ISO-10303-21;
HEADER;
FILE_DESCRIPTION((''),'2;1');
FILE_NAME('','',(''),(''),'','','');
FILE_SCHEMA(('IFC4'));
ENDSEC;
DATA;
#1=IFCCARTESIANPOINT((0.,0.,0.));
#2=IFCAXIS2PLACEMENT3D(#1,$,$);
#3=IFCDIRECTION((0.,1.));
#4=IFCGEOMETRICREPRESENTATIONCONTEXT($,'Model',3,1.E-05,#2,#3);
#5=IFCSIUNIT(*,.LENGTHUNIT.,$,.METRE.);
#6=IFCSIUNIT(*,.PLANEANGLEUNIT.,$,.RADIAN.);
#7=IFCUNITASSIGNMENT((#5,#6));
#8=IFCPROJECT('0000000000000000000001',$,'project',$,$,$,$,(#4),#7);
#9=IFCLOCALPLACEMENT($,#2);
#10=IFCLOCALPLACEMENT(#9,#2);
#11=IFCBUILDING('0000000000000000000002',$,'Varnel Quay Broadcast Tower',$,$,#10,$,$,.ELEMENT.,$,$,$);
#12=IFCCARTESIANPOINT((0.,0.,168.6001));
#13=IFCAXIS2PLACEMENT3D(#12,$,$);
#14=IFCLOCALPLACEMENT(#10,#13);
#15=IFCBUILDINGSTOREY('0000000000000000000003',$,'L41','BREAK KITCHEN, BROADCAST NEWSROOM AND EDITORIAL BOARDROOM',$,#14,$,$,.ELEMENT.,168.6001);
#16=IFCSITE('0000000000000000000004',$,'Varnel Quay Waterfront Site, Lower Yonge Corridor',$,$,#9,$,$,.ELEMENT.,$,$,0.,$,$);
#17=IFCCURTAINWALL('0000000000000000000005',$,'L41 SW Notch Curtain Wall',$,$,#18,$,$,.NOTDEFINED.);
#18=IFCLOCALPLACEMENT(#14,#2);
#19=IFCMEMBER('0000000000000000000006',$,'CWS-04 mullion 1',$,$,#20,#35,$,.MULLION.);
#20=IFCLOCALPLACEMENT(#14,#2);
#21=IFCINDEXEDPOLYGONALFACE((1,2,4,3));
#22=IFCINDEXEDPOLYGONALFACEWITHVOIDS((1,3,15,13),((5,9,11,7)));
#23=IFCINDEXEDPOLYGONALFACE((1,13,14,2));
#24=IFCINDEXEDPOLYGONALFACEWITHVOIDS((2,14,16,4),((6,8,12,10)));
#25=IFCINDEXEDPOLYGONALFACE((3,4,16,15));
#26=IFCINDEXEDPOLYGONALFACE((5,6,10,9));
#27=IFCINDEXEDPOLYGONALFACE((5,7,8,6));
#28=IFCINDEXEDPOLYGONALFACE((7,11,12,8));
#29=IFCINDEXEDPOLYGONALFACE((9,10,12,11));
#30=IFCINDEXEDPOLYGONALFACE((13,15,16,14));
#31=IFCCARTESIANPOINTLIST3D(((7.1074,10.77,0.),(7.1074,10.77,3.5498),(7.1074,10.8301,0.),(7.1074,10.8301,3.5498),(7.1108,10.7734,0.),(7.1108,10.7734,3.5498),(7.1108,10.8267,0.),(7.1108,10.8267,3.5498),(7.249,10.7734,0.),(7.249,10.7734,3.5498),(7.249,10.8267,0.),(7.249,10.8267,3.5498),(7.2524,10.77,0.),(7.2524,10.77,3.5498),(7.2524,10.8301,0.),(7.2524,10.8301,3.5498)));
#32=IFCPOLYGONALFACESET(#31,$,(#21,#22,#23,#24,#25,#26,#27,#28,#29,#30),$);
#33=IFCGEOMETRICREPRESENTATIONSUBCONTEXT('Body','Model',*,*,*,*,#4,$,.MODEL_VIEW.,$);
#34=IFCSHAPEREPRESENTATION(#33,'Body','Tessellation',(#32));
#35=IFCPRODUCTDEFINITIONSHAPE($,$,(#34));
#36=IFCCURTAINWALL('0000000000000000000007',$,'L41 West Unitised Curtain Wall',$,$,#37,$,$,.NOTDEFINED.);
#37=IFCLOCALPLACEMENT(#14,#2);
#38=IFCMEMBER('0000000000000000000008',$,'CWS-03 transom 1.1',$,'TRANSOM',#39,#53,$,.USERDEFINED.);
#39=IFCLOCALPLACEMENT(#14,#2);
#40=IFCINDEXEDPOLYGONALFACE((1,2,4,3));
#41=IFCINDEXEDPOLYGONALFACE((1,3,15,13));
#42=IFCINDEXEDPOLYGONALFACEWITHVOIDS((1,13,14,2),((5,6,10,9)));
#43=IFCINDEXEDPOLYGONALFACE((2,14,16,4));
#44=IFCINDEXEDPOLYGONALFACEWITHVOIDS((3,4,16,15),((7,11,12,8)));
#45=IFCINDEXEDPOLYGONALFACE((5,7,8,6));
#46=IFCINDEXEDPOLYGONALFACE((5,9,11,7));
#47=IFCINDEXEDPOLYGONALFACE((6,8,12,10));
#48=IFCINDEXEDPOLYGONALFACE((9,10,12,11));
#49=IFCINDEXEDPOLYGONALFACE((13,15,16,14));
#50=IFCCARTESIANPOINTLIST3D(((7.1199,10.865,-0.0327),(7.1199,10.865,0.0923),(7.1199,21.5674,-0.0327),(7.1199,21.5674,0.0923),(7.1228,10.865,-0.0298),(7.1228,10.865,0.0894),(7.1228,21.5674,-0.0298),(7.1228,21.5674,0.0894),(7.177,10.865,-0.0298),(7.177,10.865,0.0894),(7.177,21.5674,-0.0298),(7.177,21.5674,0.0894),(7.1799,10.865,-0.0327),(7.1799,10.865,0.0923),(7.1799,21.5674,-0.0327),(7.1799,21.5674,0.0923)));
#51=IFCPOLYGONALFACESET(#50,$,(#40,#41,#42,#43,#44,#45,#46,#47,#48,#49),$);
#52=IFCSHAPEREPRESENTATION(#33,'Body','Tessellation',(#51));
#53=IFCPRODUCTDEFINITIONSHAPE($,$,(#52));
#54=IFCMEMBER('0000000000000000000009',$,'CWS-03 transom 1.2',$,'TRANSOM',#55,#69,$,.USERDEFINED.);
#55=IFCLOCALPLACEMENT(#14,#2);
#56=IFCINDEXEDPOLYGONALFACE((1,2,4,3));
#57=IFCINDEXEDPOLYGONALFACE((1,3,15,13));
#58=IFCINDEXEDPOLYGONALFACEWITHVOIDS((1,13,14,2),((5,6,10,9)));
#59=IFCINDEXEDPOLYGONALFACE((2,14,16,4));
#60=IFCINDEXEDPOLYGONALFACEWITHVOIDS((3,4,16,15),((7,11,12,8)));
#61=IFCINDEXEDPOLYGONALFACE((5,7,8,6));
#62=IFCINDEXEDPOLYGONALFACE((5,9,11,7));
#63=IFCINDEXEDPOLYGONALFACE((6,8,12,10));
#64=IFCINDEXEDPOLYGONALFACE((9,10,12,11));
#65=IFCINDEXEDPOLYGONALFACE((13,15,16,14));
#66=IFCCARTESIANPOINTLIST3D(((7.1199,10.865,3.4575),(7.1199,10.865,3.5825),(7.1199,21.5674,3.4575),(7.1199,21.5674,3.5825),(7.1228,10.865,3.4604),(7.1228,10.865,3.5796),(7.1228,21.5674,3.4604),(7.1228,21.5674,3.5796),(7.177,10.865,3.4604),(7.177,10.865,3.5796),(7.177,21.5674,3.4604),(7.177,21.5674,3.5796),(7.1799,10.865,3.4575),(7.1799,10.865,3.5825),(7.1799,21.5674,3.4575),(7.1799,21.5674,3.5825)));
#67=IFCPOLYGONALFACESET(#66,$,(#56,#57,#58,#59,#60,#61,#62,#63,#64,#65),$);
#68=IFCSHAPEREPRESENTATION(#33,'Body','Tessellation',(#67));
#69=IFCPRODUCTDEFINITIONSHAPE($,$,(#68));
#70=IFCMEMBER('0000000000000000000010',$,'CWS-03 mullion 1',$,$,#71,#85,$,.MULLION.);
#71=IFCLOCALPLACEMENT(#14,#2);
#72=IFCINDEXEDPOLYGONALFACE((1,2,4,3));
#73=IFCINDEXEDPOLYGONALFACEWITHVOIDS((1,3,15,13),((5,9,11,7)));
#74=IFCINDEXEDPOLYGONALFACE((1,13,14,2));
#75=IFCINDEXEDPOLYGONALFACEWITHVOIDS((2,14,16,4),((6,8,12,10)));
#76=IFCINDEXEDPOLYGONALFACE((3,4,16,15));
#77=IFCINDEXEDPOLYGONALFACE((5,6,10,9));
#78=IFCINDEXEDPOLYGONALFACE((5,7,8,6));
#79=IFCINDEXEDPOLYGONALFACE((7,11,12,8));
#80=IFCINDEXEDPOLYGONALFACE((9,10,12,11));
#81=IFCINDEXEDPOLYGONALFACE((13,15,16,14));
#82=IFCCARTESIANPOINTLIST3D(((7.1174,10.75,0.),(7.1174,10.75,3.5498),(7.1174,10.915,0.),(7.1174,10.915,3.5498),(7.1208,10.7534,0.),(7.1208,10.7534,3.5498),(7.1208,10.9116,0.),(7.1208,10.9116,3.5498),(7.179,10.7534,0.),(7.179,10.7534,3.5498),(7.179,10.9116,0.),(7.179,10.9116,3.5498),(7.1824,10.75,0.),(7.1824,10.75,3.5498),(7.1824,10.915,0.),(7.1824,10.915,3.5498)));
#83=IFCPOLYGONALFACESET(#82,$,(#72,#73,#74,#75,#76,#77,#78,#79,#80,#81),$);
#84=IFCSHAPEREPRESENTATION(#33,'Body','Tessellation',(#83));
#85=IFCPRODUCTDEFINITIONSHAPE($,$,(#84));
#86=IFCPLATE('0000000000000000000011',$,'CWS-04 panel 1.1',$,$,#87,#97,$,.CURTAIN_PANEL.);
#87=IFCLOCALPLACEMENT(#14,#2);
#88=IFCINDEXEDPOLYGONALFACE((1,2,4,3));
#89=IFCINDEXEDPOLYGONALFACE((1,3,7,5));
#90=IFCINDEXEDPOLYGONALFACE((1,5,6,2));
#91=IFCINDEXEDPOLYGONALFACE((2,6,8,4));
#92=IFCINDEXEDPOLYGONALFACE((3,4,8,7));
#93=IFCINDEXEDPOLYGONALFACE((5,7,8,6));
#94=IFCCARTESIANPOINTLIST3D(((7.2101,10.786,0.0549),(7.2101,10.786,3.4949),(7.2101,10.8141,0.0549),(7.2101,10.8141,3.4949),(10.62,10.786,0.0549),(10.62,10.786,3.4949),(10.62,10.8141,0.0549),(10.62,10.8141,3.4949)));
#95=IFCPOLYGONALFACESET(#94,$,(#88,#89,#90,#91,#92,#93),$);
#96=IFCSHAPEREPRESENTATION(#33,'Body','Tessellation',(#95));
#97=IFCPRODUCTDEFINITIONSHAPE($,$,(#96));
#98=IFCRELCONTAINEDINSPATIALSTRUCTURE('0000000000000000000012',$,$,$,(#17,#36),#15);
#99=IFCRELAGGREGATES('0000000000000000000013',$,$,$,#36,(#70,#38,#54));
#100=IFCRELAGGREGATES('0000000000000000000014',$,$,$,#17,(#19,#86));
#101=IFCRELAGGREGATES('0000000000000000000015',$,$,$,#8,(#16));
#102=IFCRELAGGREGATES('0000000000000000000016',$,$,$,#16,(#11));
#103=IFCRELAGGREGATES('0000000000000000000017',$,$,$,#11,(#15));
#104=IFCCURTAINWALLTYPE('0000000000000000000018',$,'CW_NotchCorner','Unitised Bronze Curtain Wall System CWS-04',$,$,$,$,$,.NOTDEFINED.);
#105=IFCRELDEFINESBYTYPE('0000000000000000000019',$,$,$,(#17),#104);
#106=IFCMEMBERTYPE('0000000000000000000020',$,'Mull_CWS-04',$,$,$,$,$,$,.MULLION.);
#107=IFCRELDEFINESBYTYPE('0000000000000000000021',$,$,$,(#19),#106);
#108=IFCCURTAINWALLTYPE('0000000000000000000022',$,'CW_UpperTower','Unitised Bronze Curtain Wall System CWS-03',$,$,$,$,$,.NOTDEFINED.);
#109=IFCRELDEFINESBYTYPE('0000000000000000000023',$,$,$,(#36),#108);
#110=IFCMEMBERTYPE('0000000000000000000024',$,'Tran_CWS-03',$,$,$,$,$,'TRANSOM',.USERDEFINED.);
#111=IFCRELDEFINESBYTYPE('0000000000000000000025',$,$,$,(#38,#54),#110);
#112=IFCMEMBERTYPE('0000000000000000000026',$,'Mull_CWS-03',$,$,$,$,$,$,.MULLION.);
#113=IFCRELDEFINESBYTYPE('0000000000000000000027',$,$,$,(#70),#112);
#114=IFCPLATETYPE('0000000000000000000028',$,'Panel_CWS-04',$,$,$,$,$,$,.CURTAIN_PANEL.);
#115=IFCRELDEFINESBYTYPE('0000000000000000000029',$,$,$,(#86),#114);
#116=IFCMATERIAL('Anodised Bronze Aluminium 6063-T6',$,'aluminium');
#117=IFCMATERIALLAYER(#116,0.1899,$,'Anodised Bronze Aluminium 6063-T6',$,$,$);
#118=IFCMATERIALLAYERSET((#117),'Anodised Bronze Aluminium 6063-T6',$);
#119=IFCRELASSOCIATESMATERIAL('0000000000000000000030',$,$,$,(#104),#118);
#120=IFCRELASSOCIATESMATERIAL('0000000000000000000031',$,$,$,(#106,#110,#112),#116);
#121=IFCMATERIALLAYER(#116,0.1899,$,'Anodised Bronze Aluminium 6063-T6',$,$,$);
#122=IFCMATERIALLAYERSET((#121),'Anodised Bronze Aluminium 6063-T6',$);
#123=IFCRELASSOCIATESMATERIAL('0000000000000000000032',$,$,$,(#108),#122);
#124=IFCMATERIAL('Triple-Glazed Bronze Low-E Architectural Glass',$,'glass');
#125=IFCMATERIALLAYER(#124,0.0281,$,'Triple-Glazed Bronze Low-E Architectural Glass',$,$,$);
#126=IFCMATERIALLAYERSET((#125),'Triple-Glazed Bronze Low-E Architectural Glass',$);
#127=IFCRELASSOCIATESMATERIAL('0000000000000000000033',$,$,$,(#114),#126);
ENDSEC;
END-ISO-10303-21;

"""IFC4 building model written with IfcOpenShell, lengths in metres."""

from ifc_helpers import new_model, si_unit, direction, frame, origin, origin_2d, place, context, subcontext, project, spatial, rectangle, hollow_rectangle, extrude, source, transform, mapped, material, layer, layer_set, material_profile, profile_set, type_object, type_shapes, element, aggregate, save


model = new_model("IFC4")

# Units and contexts
model_context = context("Model", 3, precision=1e-05, world=origin(), true_north=direction((0.0, 1.0)))
body_context = subcontext(model_context, "Body", "Model", "MODEL_VIEW")
ifc_project = project(units=[si_unit("LENGTHUNIT", "METRE"), si_unit("PLANEANGLEUNIT", "RADIAN")], contexts=[model_context])

# Site, building, storey
site_placement = place(None, origin())
site = spatial("IfcSite", under=ifc_project, at=site_placement, Name="Varnel Quay Waterfront Site, Lower Yonge Corridor", CompositionType="ELEMENT", RefElevation=0.0)
building_placement = place(site_placement, origin())
building = spatial("IfcBuilding", under=site, at=building_placement, Name="Varnel Quay Broadcast Tower", CompositionType="ELEMENT")
storey_placement = place(building_placement, frame((0.0, 0.0, 168.6001)))
storey = spatial("IfcBuildingStorey", under=building, at=storey_placement, Name="L41", Description="BREAK KITCHEN, BROADCAST NEWSROOM AND EDITORIAL BOARDROOM", CompositionType="ELEMENT", Elevation=168.6001)

# Curtain walls, members
ifc_material_1 = material(Name="Anodised Bronze Aluminium 6063-T6", Category="aluminium")
ifc_layer_1 = layer(ifc_material_1, 0.1899, Name="Anodised Bronze Aluminium 6063-T6")
ifc_layer_set_1 = layer_set([ifc_layer_1], Name="Anodised Bronze Aluminium 6063-T6")
curtain_wall_type_1 = type_object("IfcCurtainWallType", Name="CW_NotchCorner", Description="Unitised Bronze Curtain Wall System CWS-04", PredefinedType="NOTDEFINED", material=ifc_layer_set_1)
curtain_wall_1_placement = place(storey_placement, origin())
curtain_wall_1 = element("IfcCurtainWall", 1, at=curtain_wall_1_placement, inside=storey, type_object=curtain_wall_type_1, Name="L41 SW Notch Curtain Wall", PredefinedType="NOTDEFINED")
ifc_material_profile_1 = material_profile(ifc_material_1, hollow_rectangle(XDim=0.0601, YDim=0.145, WallThickness=0.0034, at=origin_2d()), Name="ALU60X145X3.5")
ifc_profile_set_1 = profile_set([ifc_material_profile_1], Name="Anodised Bronze Aluminium 6063-T6")
member_type_1 = type_object("IfcMemberType", Name="Mull_CWS-04", PredefinedType="MULLION", material=ifc_profile_set_1)
shared_shape_1 = source(origin(), body_context, "Body", "SweptSolid", [
    extrude(hollow_rectangle(XDim=0.0601, YDim=0.145, WallThickness=0.0034, at=origin_2d()), origin(), (0.0, 0.0, 1.0), 3.5498),
])
type_shapes(member_type_1, [shared_shape_1])
member_1_placement = place(storey_placement, frame((7.1799, 10.8, 0.0), z_axis=(0.0, 0.0, 1.0), x_axis=(0.0, 1.0, 0.0)))
member_1 = element("IfcMember", 2, at=member_1_placement, type_object=member_type_1, Name="CWS-04 mullion 1", PredefinedType="MULLION", context=body_context, shape_type="MappedRepresentation", body=[
    mapped(shared_shape_1, transform((0.0, 0.0, 0.0), x_axis=(1.0, 0.0, 0.0), y_axis=(0.0, 1.0, 0.0), z_axis=(0.0, 0.0, 1.0), scale=1.0)),
])
ifc_layer_2 = layer(ifc_material_1, 0.1899, Name="Anodised Bronze Aluminium 6063-T6")
ifc_layer_set_2 = layer_set([ifc_layer_2], Name="Anodised Bronze Aluminium 6063-T6")
curtain_wall_type_2 = type_object("IfcCurtainWallType", Name="CW_UpperTower", Description="Unitised Bronze Curtain Wall System CWS-03", PredefinedType="NOTDEFINED", material=ifc_layer_set_2)
curtain_wall_2_placement = place(storey_placement, origin())
curtain_wall_2 = element("IfcCurtainWall", 3, at=curtain_wall_2_placement, inside=storey, type_object=curtain_wall_type_2, Name="L41 West Unitised Curtain Wall", PredefinedType="NOTDEFINED")
ifc_material_profile_2 = material_profile(ifc_material_1, hollow_rectangle(XDim=0.0601, YDim=0.125, WallThickness=0.0029, at=origin_2d()), Name="ALU60X125X3")
ifc_profile_set_2 = profile_set([ifc_material_profile_2], Name="Anodised Bronze Aluminium 6063-T6")
member_type_2 = type_object("IfcMemberType", Name="Tran_CWS-03", ElementType="TRANSOM", PredefinedType="USERDEFINED", material=ifc_profile_set_2)
shared_shape_2 = source(origin(), body_context, "Body", "SweptSolid", [
    extrude(hollow_rectangle(XDim=0.0601, YDim=0.125, WallThickness=0.0029, at=origin_2d()), origin(), (0.0, 0.0, 1.0), 10.7024),
])
type_shapes(member_type_2, [shared_shape_2])
member_2_placement = place(storey_placement, frame((7.1499, 10.865, 0.0298), z_axis=(0.0, 1.0, 0.0), x_axis=(-1.0, 0.0, 0.0)))
member_2 = element("IfcMember", 4, at=member_2_placement, type_object=member_type_2, Name="CWS-03 transom 1.1", ObjectType="TRANSOM", PredefinedType="USERDEFINED", context=body_context, shape_type="MappedRepresentation", body=[
    mapped(shared_shape_2, transform((0.0, 0.0, 0.0), x_axis=(1.0, 0.0, 0.0), y_axis=(0.0, 1.0, 0.0), z_axis=(0.0, 0.0, 1.0), scale=1.0)),
])
member_3_placement = place(storey_placement, frame((7.1499, 10.865, 3.52), z_axis=(0.0, 1.0, 0.0), x_axis=(-1.0, 0.0, 0.0)))
member_3 = element("IfcMember", 5, at=member_3_placement, type_object=member_type_2, Name="CWS-03 transom 1.2", ObjectType="TRANSOM", PredefinedType="USERDEFINED", context=body_context, shape_type="MappedRepresentation", body=[
    mapped(shared_shape_2, transform((0.0, 0.0, 0.0), x_axis=(1.0, 0.0, 0.0), y_axis=(0.0, 1.0, 0.0), z_axis=(0.0, 0.0, 1.0), scale=1.0)),
])
ifc_material_profile_3 = material_profile(ifc_material_1, hollow_rectangle(XDim=0.0649, YDim=0.165, WallThickness=0.0034, at=origin_2d()), Name="ALU65X165X3.5")
ifc_profile_set_3 = profile_set([ifc_material_profile_3], Name="Anodised Bronze Aluminium 6063-T6")
member_type_3 = type_object("IfcMemberType", Name="Mull_CWS-03", PredefinedType="MULLION", material=ifc_profile_set_3)
shared_shape_3 = source(origin(), body_context, "Body", "SweptSolid", [
    extrude(hollow_rectangle(XDim=0.0649, YDim=0.165, WallThickness=0.0034, at=origin_2d()), origin(), (0.0, 0.0, 1.0), 3.5498),
])
type_shapes(member_type_3, [shared_shape_3])
member_4_placement = place(storey_placement, frame((7.1499, 10.8325, 0.0), z_axis=(0.0, 0.0, 1.0), x_axis=(-1.0, 0.0, 0.0)))
member_4 = element("IfcMember", 6, at=member_4_placement, type_object=member_type_3, Name="CWS-03 mullion 1", PredefinedType="MULLION", context=body_context, shape_type="MappedRepresentation", body=[
    mapped(shared_shape_3, transform((0.0, 0.0, 0.0), x_axis=(1.0, 0.0, 0.0), y_axis=(0.0, 1.0, 0.0), z_axis=(0.0, 0.0, 1.0), scale=1.0)),
])
aggregate(curtain_wall_2, [member_4, member_2, member_3])

# Plate
ifc_material_2 = material(Name="Triple-Glazed Bronze Low-E Architectural Glass", Category="glass")
ifc_layer_3 = layer(ifc_material_2, 0.0281, Name="Triple-Glazed Bronze Low-E Architectural Glass")
ifc_layer_set_3 = layer_set([ifc_layer_3], Name="Triple-Glazed Bronze Low-E Architectural Glass")
plate_type = type_object("IfcPlateType", Name="Panel_CWS-04", PredefinedType="CURTAIN_PANEL", material=ifc_layer_set_3)
shared_shape_4 = source(origin(), body_context, "Body", "SweptSolid", [
    extrude(rectangle(XDim=3.4099, YDim=0.0281, at=origin_2d()), origin(), (0.0, 0.0, 1.0), 3.4399),
])
type_shapes(plate_type, [shared_shape_4])
plate_placement = place(storey_placement, frame((8.915, 10.8, 0.0549), z_axis=(0.0, 0.0, 1.0), x_axis=(1.0, 0.0, 0.0)))
plate = element("IfcPlate", 7, at=plate_placement, type_object=plate_type, Name="CWS-04 panel 1.1", PredefinedType="CURTAIN_PANEL", context=body_context, shape_type="MappedRepresentation", body=[
    mapped(shared_shape_4, transform((0.0, 0.0, 0.0), x_axis=(1.0, 0.0, 0.0), y_axis=(0.0, 1.0, 0.0), z_axis=(0.0, 0.0, 1.0), scale=1.0)),
])
aggregate(curtain_wall_1, [member_1, plate])

save(model, "model.ifc")
